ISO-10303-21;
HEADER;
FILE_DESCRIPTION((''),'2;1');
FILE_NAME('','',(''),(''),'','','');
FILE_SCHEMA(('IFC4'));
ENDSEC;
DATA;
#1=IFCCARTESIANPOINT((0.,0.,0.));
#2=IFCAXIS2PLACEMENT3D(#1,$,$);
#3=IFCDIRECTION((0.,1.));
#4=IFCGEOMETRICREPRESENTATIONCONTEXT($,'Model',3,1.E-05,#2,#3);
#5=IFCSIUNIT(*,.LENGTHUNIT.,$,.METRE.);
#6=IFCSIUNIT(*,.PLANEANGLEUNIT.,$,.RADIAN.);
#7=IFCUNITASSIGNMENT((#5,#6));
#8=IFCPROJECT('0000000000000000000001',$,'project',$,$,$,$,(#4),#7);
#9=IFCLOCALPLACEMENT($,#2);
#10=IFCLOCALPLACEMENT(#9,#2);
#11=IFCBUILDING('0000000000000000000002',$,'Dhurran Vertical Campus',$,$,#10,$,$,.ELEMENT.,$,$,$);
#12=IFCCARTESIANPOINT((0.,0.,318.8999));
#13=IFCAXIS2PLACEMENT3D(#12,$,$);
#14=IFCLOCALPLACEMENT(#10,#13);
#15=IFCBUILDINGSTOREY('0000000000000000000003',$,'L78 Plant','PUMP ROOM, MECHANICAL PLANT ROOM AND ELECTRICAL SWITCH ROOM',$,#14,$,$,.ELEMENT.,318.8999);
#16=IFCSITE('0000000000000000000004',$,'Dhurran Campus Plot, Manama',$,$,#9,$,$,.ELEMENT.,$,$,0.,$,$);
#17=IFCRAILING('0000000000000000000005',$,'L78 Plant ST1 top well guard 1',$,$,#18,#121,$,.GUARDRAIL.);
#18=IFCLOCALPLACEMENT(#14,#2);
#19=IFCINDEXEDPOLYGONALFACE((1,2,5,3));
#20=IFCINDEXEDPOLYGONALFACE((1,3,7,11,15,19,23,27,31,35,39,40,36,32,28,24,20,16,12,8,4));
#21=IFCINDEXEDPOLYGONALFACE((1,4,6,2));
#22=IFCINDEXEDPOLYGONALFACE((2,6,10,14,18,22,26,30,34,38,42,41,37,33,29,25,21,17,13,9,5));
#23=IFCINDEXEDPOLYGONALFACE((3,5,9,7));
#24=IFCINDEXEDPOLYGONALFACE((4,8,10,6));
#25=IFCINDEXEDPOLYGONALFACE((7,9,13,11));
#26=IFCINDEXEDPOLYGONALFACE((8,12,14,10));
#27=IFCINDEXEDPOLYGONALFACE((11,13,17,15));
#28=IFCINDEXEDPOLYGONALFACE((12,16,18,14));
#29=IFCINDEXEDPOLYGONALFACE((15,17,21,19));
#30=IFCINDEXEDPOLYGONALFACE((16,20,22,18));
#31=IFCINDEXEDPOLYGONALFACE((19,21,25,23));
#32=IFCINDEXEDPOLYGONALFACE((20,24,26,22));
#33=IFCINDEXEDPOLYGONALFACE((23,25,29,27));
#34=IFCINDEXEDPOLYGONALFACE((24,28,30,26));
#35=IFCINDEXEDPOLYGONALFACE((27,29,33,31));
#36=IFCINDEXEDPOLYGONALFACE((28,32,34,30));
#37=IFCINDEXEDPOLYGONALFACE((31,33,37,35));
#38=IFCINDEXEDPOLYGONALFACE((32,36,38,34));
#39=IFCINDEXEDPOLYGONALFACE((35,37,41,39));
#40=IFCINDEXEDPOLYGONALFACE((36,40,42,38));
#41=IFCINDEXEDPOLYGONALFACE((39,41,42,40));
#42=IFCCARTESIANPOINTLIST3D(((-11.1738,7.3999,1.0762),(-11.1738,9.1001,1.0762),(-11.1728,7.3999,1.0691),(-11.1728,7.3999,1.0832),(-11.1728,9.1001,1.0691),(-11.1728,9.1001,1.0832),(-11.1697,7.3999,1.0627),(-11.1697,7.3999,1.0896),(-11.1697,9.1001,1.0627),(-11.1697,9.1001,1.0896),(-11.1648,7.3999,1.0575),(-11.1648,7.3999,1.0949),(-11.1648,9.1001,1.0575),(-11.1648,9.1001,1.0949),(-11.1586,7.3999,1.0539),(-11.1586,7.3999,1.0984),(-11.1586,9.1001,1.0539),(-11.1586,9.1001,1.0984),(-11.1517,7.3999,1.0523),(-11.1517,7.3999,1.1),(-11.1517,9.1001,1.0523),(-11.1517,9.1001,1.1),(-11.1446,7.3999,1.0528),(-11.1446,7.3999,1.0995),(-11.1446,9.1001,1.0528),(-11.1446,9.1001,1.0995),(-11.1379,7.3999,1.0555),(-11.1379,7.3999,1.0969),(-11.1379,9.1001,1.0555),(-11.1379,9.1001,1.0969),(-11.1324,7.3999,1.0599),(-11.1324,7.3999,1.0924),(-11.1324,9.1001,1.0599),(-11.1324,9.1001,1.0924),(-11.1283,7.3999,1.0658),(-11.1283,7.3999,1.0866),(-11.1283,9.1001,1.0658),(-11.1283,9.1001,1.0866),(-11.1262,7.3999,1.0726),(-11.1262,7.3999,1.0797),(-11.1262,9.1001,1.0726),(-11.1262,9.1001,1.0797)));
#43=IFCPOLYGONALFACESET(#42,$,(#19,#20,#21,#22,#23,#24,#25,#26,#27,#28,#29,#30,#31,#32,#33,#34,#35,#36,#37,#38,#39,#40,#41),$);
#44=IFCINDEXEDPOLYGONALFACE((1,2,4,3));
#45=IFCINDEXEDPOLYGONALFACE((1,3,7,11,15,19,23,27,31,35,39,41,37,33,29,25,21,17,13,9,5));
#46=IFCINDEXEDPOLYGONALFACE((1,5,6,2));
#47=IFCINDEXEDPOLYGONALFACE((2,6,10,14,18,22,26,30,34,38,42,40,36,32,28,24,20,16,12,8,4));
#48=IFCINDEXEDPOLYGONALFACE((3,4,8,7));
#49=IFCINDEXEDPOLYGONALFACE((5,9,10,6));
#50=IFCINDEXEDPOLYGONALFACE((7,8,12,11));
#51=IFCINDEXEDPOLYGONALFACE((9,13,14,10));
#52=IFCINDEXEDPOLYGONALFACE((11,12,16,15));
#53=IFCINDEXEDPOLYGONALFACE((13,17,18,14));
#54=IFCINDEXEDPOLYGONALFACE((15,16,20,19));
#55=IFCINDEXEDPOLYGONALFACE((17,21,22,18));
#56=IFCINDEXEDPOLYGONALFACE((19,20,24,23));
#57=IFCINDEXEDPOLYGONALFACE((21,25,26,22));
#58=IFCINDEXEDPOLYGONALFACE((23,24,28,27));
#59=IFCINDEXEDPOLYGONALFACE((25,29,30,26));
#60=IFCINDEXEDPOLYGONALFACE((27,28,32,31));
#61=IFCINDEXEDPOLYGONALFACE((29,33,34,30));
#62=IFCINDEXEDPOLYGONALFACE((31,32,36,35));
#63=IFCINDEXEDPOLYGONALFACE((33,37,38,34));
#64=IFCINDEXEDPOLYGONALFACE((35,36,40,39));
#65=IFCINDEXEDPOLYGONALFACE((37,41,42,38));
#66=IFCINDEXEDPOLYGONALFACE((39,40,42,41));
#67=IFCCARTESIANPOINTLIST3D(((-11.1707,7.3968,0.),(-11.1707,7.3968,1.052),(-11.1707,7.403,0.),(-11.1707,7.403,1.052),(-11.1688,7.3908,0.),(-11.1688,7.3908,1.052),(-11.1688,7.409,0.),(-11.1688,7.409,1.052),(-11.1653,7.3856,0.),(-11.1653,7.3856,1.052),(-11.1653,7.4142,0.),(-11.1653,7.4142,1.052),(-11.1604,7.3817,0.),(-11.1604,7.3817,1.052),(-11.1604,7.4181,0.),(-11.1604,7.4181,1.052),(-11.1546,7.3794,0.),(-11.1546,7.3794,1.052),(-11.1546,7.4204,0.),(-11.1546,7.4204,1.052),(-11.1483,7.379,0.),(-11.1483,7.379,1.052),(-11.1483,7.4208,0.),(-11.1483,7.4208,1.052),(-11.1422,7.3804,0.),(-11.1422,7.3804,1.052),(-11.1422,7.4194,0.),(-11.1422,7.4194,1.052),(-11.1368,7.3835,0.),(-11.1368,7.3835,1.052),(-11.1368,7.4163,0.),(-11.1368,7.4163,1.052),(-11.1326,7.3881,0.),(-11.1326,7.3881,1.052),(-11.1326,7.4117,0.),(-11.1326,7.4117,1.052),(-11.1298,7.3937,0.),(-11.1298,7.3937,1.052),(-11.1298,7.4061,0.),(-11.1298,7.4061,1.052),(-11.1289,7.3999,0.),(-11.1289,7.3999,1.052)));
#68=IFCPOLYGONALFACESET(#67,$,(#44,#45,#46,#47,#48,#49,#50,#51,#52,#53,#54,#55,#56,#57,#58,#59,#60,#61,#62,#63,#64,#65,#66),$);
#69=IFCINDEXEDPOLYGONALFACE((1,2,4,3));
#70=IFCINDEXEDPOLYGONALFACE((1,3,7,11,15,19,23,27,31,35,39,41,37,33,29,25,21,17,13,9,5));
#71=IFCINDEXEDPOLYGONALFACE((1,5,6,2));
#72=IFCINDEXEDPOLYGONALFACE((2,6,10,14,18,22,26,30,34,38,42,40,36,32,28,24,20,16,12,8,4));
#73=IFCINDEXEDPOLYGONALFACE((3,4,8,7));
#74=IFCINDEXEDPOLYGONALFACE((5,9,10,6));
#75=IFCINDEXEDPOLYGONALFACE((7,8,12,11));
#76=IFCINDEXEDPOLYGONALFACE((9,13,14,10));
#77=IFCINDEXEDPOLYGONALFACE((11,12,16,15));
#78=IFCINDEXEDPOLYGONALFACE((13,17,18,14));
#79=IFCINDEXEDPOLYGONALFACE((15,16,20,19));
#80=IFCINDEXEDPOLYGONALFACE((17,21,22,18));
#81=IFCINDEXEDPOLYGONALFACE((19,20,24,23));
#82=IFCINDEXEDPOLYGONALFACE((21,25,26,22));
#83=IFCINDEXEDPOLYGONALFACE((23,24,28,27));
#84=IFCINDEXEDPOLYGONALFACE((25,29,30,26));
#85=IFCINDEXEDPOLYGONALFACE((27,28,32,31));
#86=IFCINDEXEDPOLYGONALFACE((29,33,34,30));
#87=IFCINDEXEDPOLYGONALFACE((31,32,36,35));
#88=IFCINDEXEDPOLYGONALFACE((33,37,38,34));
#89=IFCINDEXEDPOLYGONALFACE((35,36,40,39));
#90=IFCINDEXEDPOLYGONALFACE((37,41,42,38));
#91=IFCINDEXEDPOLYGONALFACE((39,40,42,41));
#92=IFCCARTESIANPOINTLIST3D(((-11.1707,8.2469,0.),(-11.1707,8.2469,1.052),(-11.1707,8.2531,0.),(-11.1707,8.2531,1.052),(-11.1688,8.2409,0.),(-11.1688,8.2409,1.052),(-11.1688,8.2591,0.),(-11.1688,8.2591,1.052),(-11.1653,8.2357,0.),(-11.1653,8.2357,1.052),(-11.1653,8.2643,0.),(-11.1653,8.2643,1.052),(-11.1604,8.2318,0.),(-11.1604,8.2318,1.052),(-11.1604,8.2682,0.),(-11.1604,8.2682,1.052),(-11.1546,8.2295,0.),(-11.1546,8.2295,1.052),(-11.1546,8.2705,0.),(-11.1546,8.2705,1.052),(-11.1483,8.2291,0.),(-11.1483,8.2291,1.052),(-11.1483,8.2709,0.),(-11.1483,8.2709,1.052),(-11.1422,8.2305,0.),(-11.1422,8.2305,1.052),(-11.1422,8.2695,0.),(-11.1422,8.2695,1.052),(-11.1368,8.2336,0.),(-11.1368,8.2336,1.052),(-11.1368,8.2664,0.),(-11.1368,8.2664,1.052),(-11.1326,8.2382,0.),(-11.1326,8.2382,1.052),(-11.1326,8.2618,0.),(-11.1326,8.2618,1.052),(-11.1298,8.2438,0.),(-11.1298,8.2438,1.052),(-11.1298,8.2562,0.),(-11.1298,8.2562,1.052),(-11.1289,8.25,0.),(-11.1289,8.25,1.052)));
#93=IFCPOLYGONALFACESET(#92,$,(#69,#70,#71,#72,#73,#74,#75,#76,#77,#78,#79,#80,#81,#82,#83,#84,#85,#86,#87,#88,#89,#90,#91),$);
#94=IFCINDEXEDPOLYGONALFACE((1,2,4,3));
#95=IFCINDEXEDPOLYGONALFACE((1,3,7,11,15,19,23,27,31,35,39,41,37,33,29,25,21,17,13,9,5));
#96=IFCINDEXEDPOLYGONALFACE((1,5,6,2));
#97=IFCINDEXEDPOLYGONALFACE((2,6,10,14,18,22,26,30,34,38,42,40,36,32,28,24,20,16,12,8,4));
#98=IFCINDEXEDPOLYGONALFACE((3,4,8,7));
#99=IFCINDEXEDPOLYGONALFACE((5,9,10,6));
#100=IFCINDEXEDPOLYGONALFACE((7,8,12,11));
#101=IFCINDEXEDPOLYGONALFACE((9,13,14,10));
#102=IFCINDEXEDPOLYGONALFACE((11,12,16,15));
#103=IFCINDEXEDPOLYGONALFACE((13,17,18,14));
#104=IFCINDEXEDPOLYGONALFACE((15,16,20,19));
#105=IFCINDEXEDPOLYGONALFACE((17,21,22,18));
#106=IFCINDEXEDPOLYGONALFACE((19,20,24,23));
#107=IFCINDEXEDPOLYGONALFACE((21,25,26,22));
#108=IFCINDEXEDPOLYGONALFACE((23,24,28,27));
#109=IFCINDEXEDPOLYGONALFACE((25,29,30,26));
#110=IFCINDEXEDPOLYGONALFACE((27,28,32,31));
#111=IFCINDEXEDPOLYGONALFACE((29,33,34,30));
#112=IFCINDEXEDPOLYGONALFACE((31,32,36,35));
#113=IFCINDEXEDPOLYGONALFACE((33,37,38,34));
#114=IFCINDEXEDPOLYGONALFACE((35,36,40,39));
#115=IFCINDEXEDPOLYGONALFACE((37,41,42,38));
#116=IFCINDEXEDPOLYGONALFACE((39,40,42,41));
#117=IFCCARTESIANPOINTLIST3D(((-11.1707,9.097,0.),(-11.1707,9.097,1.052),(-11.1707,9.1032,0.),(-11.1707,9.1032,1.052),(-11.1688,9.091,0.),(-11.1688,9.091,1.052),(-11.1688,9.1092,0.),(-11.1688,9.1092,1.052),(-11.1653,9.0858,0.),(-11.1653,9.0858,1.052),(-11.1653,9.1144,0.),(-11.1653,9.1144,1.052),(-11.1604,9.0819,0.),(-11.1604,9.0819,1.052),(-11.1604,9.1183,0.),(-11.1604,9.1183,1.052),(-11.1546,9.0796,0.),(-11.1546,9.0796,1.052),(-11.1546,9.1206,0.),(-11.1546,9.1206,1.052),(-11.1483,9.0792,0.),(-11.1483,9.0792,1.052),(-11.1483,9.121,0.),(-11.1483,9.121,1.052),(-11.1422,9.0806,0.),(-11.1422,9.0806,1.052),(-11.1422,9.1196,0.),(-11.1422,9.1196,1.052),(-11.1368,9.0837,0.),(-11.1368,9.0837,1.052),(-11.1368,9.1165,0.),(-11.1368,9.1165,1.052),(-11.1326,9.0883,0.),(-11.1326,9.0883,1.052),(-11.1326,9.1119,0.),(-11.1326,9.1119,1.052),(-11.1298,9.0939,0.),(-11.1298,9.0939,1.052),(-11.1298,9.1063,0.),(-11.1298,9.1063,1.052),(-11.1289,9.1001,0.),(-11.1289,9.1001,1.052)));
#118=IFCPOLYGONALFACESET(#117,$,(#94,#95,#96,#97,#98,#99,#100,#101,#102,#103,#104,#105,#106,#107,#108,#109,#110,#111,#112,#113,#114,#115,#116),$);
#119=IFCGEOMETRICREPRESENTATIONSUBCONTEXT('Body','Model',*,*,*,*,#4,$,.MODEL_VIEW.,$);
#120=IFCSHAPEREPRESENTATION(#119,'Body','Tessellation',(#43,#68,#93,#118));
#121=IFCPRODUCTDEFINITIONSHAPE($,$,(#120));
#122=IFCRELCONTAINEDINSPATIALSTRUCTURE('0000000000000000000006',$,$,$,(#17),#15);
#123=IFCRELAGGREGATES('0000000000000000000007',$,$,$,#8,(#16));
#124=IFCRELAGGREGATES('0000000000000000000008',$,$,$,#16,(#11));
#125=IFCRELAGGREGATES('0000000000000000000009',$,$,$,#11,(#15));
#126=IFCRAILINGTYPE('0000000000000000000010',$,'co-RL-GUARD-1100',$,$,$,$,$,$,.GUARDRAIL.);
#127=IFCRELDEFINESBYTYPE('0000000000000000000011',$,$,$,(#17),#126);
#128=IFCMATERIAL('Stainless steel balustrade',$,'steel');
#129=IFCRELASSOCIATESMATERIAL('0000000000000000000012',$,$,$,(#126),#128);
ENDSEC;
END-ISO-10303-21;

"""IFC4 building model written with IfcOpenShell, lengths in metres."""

from ifc_helpers import new_model, si_unit, direction, frame, origin, origin_2d, place, context, subcontext, project, spatial, circle, extrude, material, type_object, element, save


model = new_model("IFC4")

# Units and contexts
model_context = context("Model", 3, precision=1e-05, world=origin(), true_north=direction((0.0, 1.0)))
body_context = subcontext(model_context, "Body", "Model", "MODEL_VIEW")
ifc_project = project(units=[si_unit("LENGTHUNIT", "METRE"), si_unit("PLANEANGLEUNIT", "RADIAN")], contexts=[model_context])

# Site, building, storey
site_placement = place(None, origin())
site = spatial("IfcSite", under=ifc_project, at=site_placement, Name="Dhurran Campus Plot, Manama", CompositionType="ELEMENT", RefElevation=0.0)
building_placement = place(site_placement, origin())
building = spatial("IfcBuilding", under=site, at=building_placement, Name="Dhurran Vertical Campus", CompositionType="ELEMENT")
storey_placement = place(building_placement, frame((0.0, 0.0, 318.8999)))
storey = spatial("IfcBuildingStorey", under=building, at=storey_placement, Name="L78 Plant", Description="PUMP ROOM, MECHANICAL PLANT ROOM AND ELECTRICAL SWITCH ROOM", CompositionType="ELEMENT", Elevation=318.8999)

# Railing
ifc_material_1 = material(Name="Stainless steel balustrade", Category="steel")
railing_type = type_object("IfcRailingType", Name="co-RL-GUARD-1100", PredefinedType="GUARDRAIL", material=ifc_material_1)
railing_placement = place(storey_placement, frame((-11.1499, 7.3999, 0.0)))
element("IfcRailing", 1, at=railing_placement, inside=storey, type_object=railing_type, Name="L78 Plant ST1 top well guard 1", PredefinedType="GUARDRAIL", context=body_context, shape_type="SweptSolid", body=[
    extrude(circle(Radius=0.0239, at=origin_2d()), frame((0.0, 0.0, 1.0762), z_axis=(0.0, 1.0, 0.0), x_axis=(-1.0, 0.0, 0.0)), (0.0, 0.0, 1.0), 1.7002),
    extrude(circle(Radius=0.021, at=origin_2d()), origin(), (0.0, 0.0, 1.0), 1.052),
    extrude(circle(Radius=0.021, at=origin_2d()), frame((0.0, 0.8501, 0.0)), (0.0, 0.0, 1.0), 1.052),
    extrude(circle(Radius=0.021, at=origin_2d()), frame((0.0, 1.7002, 0.0)), (0.0, 0.0, 1.0), 1.052),
])

save(model, "model.ifc")
